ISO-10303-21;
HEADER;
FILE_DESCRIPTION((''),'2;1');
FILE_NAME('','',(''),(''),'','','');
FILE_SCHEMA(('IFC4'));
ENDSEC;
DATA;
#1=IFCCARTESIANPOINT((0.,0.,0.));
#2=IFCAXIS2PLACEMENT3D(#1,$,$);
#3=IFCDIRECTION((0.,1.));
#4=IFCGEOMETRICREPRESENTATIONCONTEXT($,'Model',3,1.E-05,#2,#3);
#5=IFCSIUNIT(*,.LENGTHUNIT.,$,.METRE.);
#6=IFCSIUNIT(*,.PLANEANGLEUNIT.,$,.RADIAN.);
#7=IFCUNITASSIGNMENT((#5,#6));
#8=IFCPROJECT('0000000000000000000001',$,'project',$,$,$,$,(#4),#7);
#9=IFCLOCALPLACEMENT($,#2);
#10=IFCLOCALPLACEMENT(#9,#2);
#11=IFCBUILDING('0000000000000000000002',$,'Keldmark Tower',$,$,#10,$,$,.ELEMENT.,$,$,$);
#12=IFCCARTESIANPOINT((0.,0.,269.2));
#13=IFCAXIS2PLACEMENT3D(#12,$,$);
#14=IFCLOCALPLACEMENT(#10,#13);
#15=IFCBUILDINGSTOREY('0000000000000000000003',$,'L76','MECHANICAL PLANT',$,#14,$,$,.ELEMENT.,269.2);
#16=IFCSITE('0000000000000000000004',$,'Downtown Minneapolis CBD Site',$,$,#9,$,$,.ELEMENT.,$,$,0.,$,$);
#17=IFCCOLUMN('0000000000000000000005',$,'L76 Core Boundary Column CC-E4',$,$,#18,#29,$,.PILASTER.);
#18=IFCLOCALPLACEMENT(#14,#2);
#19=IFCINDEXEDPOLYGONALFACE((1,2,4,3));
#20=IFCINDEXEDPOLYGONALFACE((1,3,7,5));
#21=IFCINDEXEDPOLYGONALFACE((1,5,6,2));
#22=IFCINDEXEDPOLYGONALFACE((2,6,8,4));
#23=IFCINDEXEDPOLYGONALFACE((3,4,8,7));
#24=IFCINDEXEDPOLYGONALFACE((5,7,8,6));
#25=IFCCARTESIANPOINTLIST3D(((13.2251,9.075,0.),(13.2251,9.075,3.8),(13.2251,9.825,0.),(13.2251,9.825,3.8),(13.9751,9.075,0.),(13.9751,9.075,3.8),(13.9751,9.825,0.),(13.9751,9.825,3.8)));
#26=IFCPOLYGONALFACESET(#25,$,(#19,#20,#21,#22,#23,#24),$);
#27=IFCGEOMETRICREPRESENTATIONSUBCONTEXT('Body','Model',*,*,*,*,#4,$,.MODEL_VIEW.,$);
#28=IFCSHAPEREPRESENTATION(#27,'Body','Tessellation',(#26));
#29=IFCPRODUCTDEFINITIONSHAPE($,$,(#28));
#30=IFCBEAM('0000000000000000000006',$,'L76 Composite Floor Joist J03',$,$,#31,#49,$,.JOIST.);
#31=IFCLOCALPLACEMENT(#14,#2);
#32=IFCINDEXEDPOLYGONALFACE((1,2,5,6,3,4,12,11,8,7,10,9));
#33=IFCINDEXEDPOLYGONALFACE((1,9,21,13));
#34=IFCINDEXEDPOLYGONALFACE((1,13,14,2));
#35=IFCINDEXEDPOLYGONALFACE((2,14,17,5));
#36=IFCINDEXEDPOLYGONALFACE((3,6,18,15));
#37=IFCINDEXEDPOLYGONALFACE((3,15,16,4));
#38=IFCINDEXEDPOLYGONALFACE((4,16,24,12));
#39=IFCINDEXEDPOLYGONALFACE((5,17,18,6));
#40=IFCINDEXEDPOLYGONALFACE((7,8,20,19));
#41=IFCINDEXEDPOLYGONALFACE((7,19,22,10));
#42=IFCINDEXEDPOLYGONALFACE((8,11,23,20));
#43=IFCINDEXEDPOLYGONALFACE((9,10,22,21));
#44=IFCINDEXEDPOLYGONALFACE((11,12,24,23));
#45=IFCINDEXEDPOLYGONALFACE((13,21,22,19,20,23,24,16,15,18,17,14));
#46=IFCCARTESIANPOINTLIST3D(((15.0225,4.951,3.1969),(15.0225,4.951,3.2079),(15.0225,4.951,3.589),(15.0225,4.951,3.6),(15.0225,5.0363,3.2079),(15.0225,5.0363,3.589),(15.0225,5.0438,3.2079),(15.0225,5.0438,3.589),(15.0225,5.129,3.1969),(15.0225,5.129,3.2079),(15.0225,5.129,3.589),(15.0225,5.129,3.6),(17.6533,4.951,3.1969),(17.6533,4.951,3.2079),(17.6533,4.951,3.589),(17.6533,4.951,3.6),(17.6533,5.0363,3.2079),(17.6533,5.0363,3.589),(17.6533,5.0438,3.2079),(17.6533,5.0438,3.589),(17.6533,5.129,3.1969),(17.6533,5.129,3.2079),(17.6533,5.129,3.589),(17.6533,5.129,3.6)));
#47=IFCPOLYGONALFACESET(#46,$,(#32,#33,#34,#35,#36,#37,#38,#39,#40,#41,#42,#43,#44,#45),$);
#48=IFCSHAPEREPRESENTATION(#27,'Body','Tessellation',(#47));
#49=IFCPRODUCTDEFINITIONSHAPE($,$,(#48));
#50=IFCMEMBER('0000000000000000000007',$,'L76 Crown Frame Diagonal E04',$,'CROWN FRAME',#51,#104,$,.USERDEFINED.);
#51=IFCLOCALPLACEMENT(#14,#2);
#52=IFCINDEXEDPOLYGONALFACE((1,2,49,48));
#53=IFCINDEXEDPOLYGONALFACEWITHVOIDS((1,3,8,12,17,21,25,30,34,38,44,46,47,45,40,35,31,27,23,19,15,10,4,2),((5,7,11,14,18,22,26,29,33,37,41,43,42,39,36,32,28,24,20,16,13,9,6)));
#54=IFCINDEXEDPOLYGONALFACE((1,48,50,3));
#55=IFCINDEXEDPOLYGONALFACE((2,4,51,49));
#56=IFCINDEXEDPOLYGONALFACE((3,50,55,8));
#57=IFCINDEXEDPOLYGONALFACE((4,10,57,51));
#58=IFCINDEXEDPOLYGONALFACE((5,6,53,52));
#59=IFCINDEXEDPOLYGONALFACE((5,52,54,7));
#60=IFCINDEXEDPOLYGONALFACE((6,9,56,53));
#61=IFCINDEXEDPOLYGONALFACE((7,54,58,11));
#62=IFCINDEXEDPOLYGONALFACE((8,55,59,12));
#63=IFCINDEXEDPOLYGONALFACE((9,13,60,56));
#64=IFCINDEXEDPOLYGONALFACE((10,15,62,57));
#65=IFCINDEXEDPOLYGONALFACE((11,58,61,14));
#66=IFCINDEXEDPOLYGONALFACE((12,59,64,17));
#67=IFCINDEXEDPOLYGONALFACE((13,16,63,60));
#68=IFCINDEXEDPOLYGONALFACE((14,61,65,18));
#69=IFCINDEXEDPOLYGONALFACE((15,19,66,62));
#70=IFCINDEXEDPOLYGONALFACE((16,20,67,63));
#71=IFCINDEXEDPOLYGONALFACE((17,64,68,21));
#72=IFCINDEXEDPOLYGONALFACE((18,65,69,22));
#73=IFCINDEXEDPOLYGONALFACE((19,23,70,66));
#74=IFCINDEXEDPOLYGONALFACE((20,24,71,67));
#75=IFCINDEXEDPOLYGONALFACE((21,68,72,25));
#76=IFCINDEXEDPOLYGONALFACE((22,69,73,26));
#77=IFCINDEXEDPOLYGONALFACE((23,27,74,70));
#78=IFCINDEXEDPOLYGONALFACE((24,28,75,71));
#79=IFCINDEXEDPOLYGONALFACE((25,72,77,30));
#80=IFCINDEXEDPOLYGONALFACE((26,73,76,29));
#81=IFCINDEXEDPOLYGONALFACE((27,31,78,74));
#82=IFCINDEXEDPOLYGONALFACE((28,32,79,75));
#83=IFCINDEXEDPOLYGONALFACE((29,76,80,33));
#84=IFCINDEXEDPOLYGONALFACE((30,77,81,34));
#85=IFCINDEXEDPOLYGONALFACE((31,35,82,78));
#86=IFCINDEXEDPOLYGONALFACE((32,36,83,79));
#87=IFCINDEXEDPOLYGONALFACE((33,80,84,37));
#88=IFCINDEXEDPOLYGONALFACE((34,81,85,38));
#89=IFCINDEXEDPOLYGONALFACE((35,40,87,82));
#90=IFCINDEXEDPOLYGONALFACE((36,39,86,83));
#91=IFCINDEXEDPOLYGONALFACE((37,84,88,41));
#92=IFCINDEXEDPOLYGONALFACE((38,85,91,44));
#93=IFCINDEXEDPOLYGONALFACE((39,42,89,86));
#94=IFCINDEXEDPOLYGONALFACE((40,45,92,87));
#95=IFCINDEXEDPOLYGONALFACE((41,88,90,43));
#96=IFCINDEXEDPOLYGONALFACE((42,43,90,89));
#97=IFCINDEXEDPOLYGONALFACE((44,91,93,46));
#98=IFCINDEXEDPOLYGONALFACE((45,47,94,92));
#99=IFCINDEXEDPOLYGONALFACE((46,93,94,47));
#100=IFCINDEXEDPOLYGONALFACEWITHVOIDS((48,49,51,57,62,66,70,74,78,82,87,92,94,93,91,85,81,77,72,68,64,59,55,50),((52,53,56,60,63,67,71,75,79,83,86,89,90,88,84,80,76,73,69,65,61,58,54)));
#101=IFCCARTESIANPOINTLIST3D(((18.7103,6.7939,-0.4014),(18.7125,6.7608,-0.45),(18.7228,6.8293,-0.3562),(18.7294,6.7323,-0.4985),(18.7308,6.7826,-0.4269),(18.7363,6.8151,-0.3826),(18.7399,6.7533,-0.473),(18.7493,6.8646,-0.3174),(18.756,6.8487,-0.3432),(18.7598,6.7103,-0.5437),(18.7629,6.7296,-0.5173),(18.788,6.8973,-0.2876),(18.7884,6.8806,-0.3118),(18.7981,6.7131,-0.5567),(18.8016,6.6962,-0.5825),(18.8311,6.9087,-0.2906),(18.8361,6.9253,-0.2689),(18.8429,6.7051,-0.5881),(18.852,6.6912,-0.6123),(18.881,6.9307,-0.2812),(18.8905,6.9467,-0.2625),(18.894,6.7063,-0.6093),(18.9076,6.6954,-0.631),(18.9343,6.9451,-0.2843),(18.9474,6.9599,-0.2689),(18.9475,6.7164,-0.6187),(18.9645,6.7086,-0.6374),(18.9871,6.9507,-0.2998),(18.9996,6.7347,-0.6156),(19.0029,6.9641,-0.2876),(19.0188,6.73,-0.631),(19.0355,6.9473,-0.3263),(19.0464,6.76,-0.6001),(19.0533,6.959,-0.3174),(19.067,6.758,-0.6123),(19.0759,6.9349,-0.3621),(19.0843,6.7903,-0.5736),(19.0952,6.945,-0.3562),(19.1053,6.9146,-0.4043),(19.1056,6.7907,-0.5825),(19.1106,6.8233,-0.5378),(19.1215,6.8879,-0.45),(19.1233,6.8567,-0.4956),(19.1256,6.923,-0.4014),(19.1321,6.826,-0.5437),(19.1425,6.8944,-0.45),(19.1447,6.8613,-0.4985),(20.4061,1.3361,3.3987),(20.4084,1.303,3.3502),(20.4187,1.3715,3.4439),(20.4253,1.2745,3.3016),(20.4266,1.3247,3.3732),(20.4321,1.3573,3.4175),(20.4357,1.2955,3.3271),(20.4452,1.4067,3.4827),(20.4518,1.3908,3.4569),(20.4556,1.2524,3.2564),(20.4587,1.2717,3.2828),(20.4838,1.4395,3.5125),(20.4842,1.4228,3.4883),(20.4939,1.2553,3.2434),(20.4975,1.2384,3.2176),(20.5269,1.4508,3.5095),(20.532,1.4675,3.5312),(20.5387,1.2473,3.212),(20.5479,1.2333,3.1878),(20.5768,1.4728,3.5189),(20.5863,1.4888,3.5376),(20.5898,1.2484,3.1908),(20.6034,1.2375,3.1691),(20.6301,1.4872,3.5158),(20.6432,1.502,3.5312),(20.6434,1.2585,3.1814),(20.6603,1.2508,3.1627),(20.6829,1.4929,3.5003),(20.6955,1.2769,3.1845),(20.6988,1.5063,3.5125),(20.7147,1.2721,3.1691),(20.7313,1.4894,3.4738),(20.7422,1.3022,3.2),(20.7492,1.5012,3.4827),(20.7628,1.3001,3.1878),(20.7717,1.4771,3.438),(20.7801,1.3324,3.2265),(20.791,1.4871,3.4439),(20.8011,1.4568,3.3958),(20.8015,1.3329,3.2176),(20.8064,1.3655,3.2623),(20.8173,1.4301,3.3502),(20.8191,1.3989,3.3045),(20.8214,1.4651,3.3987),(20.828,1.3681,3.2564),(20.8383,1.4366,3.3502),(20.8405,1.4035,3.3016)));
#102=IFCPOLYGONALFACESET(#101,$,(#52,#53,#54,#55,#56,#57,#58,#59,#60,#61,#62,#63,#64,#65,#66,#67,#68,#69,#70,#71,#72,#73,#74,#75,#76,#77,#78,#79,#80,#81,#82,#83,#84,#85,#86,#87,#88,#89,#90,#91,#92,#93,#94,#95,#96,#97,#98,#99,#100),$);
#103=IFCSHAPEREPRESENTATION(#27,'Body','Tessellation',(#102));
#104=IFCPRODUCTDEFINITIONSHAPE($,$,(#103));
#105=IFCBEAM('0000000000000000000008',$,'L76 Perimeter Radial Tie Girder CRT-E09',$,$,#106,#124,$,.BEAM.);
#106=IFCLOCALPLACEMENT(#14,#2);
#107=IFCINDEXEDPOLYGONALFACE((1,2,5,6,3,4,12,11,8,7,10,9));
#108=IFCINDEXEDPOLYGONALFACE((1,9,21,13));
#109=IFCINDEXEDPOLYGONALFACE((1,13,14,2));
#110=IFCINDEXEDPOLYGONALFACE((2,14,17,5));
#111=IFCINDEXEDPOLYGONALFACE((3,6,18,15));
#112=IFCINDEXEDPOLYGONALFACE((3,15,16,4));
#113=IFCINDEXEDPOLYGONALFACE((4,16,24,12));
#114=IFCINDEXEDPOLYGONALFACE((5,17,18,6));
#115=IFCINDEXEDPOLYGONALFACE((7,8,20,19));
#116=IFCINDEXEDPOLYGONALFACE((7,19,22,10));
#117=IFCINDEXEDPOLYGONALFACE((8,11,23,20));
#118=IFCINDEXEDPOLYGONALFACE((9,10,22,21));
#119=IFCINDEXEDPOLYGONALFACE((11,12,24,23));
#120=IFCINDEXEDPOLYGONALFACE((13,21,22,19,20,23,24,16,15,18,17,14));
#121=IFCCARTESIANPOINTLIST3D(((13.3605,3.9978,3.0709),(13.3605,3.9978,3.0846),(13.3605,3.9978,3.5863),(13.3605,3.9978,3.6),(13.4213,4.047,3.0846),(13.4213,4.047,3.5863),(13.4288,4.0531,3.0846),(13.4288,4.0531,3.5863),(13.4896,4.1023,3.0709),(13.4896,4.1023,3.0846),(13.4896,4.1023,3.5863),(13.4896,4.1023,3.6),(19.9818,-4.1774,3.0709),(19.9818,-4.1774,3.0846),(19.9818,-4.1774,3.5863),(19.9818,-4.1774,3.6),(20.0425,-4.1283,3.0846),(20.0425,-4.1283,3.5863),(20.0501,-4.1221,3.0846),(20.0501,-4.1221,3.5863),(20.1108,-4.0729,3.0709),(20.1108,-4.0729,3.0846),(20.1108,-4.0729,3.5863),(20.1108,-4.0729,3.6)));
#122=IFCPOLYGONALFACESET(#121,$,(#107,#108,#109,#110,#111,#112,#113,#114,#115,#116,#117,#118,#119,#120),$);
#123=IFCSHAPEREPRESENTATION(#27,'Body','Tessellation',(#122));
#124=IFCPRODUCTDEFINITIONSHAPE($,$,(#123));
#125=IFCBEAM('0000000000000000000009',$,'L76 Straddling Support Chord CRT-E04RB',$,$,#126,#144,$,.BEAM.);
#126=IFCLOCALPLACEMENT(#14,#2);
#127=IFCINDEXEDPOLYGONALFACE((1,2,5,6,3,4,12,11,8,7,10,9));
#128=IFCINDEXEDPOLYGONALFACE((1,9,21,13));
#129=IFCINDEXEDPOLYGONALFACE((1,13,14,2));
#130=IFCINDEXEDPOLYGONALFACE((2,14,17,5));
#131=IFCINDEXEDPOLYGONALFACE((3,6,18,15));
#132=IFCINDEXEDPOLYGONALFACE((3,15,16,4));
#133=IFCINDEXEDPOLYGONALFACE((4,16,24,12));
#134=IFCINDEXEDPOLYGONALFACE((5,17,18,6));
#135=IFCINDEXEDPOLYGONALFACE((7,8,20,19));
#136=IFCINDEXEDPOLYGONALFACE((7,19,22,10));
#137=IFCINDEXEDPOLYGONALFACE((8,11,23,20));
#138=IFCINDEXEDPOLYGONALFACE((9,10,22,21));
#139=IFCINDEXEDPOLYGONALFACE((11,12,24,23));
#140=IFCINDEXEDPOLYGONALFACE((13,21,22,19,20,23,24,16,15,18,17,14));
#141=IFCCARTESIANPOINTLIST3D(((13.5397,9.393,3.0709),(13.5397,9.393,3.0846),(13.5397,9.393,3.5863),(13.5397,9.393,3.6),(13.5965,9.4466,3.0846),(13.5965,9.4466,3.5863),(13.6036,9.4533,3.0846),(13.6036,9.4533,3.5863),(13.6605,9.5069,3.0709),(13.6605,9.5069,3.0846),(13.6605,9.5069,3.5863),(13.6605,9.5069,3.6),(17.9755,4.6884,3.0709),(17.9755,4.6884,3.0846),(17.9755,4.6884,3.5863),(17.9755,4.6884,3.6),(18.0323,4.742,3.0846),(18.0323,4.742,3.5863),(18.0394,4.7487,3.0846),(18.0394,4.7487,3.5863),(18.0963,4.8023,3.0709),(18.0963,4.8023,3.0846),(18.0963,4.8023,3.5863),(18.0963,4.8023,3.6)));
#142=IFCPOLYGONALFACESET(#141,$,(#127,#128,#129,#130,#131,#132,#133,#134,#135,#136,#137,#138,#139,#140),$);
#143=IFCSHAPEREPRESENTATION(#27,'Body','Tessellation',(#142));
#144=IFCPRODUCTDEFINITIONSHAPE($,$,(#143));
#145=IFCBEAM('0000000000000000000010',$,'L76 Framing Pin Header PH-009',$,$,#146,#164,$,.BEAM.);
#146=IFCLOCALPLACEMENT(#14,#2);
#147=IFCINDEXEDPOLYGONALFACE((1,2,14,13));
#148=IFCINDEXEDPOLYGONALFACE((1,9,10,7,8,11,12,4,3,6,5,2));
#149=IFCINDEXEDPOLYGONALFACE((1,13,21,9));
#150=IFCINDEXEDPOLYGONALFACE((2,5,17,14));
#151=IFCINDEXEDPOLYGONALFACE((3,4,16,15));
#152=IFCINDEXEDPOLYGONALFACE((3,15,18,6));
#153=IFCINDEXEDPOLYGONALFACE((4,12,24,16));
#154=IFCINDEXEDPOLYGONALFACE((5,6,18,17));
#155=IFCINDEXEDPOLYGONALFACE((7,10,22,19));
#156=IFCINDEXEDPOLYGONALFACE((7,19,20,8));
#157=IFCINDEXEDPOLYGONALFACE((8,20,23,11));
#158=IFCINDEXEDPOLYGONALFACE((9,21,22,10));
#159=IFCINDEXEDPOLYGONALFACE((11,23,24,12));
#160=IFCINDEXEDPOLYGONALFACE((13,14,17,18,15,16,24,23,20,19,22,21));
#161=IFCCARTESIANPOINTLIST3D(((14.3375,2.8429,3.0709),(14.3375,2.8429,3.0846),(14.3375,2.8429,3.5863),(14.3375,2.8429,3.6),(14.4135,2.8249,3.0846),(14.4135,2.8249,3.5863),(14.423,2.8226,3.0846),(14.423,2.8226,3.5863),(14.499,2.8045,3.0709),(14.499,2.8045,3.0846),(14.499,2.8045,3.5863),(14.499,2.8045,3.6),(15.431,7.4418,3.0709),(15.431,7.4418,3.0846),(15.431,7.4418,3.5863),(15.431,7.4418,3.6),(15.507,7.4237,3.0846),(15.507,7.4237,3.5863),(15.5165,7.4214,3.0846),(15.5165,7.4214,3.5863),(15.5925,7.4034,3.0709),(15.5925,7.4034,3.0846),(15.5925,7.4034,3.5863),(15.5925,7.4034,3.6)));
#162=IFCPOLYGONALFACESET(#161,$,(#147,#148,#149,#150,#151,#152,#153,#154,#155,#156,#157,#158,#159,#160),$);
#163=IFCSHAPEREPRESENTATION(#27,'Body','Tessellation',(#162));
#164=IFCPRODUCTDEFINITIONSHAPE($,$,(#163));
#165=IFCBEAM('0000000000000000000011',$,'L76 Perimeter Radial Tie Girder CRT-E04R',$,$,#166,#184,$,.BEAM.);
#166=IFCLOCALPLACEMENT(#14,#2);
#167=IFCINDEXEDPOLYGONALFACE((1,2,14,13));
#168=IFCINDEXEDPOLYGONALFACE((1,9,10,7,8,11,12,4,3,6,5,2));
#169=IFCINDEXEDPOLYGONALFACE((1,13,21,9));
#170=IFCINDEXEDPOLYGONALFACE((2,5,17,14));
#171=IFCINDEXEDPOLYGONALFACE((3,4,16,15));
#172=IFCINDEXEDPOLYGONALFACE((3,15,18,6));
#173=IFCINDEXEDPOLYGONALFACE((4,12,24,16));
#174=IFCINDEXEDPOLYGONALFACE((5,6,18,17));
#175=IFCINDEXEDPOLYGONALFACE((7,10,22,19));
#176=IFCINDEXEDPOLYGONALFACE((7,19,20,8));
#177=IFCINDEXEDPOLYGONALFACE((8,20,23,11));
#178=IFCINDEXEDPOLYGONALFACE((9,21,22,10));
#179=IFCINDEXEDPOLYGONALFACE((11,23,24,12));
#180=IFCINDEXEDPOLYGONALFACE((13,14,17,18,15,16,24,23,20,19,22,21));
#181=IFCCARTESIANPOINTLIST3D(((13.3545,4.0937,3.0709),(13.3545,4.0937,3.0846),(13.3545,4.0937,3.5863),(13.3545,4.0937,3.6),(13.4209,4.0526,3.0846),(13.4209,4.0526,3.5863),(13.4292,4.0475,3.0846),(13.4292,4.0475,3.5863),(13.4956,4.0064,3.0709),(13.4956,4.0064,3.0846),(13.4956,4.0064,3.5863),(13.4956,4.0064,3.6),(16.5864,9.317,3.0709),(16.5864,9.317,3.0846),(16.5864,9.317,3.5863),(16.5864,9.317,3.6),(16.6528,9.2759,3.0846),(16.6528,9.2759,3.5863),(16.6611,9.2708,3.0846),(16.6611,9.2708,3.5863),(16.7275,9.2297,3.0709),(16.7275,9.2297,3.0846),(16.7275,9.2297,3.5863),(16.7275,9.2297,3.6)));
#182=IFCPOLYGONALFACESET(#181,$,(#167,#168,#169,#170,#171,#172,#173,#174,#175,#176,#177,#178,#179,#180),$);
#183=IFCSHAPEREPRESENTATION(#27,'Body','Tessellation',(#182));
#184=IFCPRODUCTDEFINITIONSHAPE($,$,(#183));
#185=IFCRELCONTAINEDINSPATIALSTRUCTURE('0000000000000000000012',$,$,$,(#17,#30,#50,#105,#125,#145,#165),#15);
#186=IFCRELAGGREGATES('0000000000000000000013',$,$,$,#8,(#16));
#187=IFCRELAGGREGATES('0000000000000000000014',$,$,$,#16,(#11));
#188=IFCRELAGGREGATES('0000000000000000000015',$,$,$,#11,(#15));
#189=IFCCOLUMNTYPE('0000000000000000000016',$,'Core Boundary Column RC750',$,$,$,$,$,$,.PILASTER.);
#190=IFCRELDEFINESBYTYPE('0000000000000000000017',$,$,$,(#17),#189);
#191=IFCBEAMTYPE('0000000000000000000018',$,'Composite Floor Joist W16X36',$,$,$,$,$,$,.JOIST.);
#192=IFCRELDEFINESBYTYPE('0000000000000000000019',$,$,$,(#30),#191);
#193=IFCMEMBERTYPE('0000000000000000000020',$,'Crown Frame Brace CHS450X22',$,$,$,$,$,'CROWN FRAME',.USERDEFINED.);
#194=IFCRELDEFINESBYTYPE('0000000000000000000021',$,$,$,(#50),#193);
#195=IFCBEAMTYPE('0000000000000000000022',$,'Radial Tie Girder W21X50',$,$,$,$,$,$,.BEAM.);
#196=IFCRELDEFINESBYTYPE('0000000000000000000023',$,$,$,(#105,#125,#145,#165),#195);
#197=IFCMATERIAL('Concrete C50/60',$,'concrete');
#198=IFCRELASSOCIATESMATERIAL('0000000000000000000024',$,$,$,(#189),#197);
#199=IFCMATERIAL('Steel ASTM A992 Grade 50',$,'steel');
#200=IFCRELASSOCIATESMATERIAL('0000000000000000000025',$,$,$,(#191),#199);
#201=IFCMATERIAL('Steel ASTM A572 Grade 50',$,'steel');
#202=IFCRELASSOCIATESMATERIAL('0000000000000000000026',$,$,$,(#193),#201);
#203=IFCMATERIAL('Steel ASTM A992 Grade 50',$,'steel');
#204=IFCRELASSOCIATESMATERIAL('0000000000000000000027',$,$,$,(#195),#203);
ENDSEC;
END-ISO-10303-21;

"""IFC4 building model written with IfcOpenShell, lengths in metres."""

from ifc_helpers import new_model, si_unit, direction, frame, origin, origin_2d, place, context, subcontext, project, spatial, rectangle, hollow_circle, i_section, extrude, material, material_profile, profile_set, type_object, element, save


model = new_model("IFC4")

# Units and contexts
model_context = context("Model", 3, precision=1e-05, world=origin(), true_north=direction((0.0, 1.0)))
body_context = subcontext(model_context, "Body", "Model", "MODEL_VIEW")
ifc_project = project(units=[si_unit("LENGTHUNIT", "METRE"), si_unit("PLANEANGLEUNIT", "RADIAN")], contexts=[model_context])

# Site, building, storey
site_placement = place(None, origin())
site = spatial("IfcSite", under=ifc_project, at=site_placement, Name="Downtown Minneapolis CBD Site", CompositionType="ELEMENT", RefElevation=0.0)
building_placement = place(site_placement, origin())
building = spatial("IfcBuilding", under=site, at=building_placement, Name="Keldmark Tower", CompositionType="ELEMENT")
storey_placement = place(building_placement, frame((0.0, 0.0, 269.2)))
storey = spatial("IfcBuildingStorey", under=building, at=storey_placement, Name="L76", Description="MECHANICAL PLANT", CompositionType="ELEMENT", Elevation=269.2)

# Column
ifc_material_1 = material(Name="Concrete C50/60", Category="concrete")
ifc_material_profile_1 = material_profile(ifc_material_1, rectangle(XDim=0.75, YDim=0.75, at=origin_2d()), Name="RC750X750")
ifc_profile_set_1 = profile_set([ifc_material_profile_1], Name="Concrete C50/60")
column_type = type_object("IfcColumnType", Name="Core Boundary Column RC750", PredefinedType="PILASTER", material=ifc_profile_set_1)
column_placement = place(storey_placement, frame((13.6001, 9.45, 0.0), z_axis=(0.0, 0.0, 1.0), x_axis=(1.0, 0.0, 0.0)))
element("IfcColumn", 1, at=column_placement, inside=storey, type_object=column_type, Name="L76 Core Boundary Column CC-E4", PredefinedType="PILASTER", context=body_context, shape_type="SweptSolid", body=[
    extrude(rectangle(XDim=0.75, YDim=0.75, at=origin_2d()), origin(), (0.0, 0.0, 1.0), 3.8),
])

# Beam
ifc_material_2 = material(Name="Steel ASTM A992 Grade 50", Category="steel")
ifc_material_profile_2 = material_profile(ifc_material_2, i_section(OverallWidth=0.178, OverallDepth=0.4031, WebThickness=0.0076, FlangeThickness=0.011, at=origin_2d()), Name="W16X36")
ifc_profile_set_2 = profile_set([ifc_material_profile_2], Name="Steel ASTM A992 Grade 50")
beam_type_1 = type_object("IfcBeamType", Name="Composite Floor Joist W16X36", PredefinedType="JOIST", material=ifc_profile_set_2)
beam_1_placement = place(storey_placement, frame((15.0225, 5.04, 3.3984), z_axis=(1.0, 0.0, 0.0), x_axis=(0.0, 1.0, 0.0)))
element("IfcBeam", 2, at=beam_1_placement, inside=storey, type_object=beam_type_1, Name="L76 Composite Floor Joist J03", PredefinedType="JOIST", context=body_context, shape_type="SweptSolid", body=[
    extrude(i_section(OverallWidth=0.178, OverallDepth=0.4031, WebThickness=0.0076, FlangeThickness=0.011, at=origin_2d()), origin(), (0.0, 0.0, 1.0), 2.6309),
])

# Member
ifc_material_3 = material(Name="Steel ASTM A572 Grade 50", Category="steel")
ifc_material_profile_3 = material_profile(ifc_material_3, hollow_circle(Radius=0.2251, WallThickness=0.022, at=origin_2d()), Name="CHS450X22")
ifc_profile_set_3 = profile_set([ifc_material_profile_3], Name="Steel ASTM A572 Grade 50")
member_type = type_object("IfcMemberType", Name="Crown Frame Brace CHS450X22", ElementType="CROWN FRAME", PredefinedType="USERDEFINED", material=ifc_profile_set_3)
member_placement = place(storey_placement, frame((18.9275, 6.8276, -0.45), z_axis=(0.247087, -0.795223, 0.553686), x_axis=(0.954964, 0.29672, 0.0)))
element("IfcMember", 3, at=member_placement, inside=storey, type_object=member_type, Name="L76 Crown Frame Diagonal E04", ObjectType="CROWN FRAME", PredefinedType="USERDEFINED", context=body_context, shape_type="SweptSolid", body=[
    extrude(hollow_circle(Radius=0.2251, WallThickness=0.022, at=origin_2d()), origin(), (0.0, 0.0, 1.0), 6.8633),
])

# Beams
ifc_material_4 = material(Name="Steel ASTM A992 Grade 50", Category="steel")
ifc_material_profile_4 = material_profile(ifc_material_4, i_section(OverallWidth=0.166, OverallDepth=0.5291, WebThickness=0.0098, FlangeThickness=0.0137, at=origin_2d()), Name="W21X50")
ifc_profile_set_4 = profile_set([ifc_material_profile_4], Name="Steel ASTM A992 Grade 50")
beam_type_2 = type_object("IfcBeamType", Name="Radial Tie Girder W21X50", PredefinedType="BEAM", material=ifc_profile_set_4)
beam_2_placement = place(storey_placement, frame((13.425, 4.05, 3.3354), z_axis=(0.629384, -0.777094, 0.0), x_axis=(0.777094, 0.629384, 0.0)))
element("IfcBeam", 4, at=beam_2_placement, inside=storey, type_object=beam_type_2, Name="L76 Perimeter Radial Tie Girder CRT-E09", PredefinedType="BEAM", context=body_context, shape_type="SweptSolid", body=[
    extrude(i_section(OverallWidth=0.166, OverallDepth=0.5291, WebThickness=0.0098, FlangeThickness=0.0137, at=origin_2d()), origin(), (0.0, 0.0, 1.0), 10.5203),
])
beam_3_placement = place(storey_placement, frame((18.0359, 4.7454, 3.3354), z_axis=(-0.686016, 0.727587, 0.0), x_axis=(-0.727587, -0.686016, 0.0)))
element("IfcBeam", 5, at=beam_3_placement, inside=storey, type_object=beam_type_2, Name="L76 Straddling Support Chord CRT-E04RB", PredefinedType="BEAM", context=body_context, shape_type="SweptSolid", body=[
    extrude(i_section(OverallWidth=0.166, OverallDepth=0.5291, WebThickness=0.0098, FlangeThickness=0.0137, at=origin_2d()), origin(), (0.0, 0.0, 1.0), 6.4661),
])
beam_4_placement = place(storey_placement, frame((14.4182, 2.8237, 3.3354), z_axis=(0.231327, 0.972876, 0.0), x_axis=(-0.972876, 0.231327, 0.0)))
element("IfcBeam", 6, at=beam_4_placement, inside=storey, type_object=beam_type_2, Name="L76 Framing Pin Header PH-009", PredefinedType="BEAM", context=body_context, shape_type="SweptSolid", body=[
    extrude(i_section(OverallWidth=0.166, OverallDepth=0.5291, WebThickness=0.0098, FlangeThickness=0.0137, at=origin_2d()), origin(), (0.0, 0.0, 1.0), 4.7271),
])
beam_5_placement = place(storey_placement, frame((13.425, 4.05, 3.3354), z_axis=(0.526167, 0.850381, 0.0), x_axis=(-0.850381, 0.526167, 0.0)))
element("IfcBeam", 7, at=beam_5_placement, inside=storey, type_object=beam_type_2, Name="L76 Perimeter Radial Tie Girder CRT-E04R", PredefinedType="BEAM", context=body_context, shape_type="SweptSolid", body=[
    extrude(i_section(OverallWidth=0.166, OverallDepth=0.5291, WebThickness=0.0098, FlangeThickness=0.0137, at=origin_2d()), origin(), (0.0, 0.0, 1.0), 6.1423),
])

save(model, "model.ifc")
